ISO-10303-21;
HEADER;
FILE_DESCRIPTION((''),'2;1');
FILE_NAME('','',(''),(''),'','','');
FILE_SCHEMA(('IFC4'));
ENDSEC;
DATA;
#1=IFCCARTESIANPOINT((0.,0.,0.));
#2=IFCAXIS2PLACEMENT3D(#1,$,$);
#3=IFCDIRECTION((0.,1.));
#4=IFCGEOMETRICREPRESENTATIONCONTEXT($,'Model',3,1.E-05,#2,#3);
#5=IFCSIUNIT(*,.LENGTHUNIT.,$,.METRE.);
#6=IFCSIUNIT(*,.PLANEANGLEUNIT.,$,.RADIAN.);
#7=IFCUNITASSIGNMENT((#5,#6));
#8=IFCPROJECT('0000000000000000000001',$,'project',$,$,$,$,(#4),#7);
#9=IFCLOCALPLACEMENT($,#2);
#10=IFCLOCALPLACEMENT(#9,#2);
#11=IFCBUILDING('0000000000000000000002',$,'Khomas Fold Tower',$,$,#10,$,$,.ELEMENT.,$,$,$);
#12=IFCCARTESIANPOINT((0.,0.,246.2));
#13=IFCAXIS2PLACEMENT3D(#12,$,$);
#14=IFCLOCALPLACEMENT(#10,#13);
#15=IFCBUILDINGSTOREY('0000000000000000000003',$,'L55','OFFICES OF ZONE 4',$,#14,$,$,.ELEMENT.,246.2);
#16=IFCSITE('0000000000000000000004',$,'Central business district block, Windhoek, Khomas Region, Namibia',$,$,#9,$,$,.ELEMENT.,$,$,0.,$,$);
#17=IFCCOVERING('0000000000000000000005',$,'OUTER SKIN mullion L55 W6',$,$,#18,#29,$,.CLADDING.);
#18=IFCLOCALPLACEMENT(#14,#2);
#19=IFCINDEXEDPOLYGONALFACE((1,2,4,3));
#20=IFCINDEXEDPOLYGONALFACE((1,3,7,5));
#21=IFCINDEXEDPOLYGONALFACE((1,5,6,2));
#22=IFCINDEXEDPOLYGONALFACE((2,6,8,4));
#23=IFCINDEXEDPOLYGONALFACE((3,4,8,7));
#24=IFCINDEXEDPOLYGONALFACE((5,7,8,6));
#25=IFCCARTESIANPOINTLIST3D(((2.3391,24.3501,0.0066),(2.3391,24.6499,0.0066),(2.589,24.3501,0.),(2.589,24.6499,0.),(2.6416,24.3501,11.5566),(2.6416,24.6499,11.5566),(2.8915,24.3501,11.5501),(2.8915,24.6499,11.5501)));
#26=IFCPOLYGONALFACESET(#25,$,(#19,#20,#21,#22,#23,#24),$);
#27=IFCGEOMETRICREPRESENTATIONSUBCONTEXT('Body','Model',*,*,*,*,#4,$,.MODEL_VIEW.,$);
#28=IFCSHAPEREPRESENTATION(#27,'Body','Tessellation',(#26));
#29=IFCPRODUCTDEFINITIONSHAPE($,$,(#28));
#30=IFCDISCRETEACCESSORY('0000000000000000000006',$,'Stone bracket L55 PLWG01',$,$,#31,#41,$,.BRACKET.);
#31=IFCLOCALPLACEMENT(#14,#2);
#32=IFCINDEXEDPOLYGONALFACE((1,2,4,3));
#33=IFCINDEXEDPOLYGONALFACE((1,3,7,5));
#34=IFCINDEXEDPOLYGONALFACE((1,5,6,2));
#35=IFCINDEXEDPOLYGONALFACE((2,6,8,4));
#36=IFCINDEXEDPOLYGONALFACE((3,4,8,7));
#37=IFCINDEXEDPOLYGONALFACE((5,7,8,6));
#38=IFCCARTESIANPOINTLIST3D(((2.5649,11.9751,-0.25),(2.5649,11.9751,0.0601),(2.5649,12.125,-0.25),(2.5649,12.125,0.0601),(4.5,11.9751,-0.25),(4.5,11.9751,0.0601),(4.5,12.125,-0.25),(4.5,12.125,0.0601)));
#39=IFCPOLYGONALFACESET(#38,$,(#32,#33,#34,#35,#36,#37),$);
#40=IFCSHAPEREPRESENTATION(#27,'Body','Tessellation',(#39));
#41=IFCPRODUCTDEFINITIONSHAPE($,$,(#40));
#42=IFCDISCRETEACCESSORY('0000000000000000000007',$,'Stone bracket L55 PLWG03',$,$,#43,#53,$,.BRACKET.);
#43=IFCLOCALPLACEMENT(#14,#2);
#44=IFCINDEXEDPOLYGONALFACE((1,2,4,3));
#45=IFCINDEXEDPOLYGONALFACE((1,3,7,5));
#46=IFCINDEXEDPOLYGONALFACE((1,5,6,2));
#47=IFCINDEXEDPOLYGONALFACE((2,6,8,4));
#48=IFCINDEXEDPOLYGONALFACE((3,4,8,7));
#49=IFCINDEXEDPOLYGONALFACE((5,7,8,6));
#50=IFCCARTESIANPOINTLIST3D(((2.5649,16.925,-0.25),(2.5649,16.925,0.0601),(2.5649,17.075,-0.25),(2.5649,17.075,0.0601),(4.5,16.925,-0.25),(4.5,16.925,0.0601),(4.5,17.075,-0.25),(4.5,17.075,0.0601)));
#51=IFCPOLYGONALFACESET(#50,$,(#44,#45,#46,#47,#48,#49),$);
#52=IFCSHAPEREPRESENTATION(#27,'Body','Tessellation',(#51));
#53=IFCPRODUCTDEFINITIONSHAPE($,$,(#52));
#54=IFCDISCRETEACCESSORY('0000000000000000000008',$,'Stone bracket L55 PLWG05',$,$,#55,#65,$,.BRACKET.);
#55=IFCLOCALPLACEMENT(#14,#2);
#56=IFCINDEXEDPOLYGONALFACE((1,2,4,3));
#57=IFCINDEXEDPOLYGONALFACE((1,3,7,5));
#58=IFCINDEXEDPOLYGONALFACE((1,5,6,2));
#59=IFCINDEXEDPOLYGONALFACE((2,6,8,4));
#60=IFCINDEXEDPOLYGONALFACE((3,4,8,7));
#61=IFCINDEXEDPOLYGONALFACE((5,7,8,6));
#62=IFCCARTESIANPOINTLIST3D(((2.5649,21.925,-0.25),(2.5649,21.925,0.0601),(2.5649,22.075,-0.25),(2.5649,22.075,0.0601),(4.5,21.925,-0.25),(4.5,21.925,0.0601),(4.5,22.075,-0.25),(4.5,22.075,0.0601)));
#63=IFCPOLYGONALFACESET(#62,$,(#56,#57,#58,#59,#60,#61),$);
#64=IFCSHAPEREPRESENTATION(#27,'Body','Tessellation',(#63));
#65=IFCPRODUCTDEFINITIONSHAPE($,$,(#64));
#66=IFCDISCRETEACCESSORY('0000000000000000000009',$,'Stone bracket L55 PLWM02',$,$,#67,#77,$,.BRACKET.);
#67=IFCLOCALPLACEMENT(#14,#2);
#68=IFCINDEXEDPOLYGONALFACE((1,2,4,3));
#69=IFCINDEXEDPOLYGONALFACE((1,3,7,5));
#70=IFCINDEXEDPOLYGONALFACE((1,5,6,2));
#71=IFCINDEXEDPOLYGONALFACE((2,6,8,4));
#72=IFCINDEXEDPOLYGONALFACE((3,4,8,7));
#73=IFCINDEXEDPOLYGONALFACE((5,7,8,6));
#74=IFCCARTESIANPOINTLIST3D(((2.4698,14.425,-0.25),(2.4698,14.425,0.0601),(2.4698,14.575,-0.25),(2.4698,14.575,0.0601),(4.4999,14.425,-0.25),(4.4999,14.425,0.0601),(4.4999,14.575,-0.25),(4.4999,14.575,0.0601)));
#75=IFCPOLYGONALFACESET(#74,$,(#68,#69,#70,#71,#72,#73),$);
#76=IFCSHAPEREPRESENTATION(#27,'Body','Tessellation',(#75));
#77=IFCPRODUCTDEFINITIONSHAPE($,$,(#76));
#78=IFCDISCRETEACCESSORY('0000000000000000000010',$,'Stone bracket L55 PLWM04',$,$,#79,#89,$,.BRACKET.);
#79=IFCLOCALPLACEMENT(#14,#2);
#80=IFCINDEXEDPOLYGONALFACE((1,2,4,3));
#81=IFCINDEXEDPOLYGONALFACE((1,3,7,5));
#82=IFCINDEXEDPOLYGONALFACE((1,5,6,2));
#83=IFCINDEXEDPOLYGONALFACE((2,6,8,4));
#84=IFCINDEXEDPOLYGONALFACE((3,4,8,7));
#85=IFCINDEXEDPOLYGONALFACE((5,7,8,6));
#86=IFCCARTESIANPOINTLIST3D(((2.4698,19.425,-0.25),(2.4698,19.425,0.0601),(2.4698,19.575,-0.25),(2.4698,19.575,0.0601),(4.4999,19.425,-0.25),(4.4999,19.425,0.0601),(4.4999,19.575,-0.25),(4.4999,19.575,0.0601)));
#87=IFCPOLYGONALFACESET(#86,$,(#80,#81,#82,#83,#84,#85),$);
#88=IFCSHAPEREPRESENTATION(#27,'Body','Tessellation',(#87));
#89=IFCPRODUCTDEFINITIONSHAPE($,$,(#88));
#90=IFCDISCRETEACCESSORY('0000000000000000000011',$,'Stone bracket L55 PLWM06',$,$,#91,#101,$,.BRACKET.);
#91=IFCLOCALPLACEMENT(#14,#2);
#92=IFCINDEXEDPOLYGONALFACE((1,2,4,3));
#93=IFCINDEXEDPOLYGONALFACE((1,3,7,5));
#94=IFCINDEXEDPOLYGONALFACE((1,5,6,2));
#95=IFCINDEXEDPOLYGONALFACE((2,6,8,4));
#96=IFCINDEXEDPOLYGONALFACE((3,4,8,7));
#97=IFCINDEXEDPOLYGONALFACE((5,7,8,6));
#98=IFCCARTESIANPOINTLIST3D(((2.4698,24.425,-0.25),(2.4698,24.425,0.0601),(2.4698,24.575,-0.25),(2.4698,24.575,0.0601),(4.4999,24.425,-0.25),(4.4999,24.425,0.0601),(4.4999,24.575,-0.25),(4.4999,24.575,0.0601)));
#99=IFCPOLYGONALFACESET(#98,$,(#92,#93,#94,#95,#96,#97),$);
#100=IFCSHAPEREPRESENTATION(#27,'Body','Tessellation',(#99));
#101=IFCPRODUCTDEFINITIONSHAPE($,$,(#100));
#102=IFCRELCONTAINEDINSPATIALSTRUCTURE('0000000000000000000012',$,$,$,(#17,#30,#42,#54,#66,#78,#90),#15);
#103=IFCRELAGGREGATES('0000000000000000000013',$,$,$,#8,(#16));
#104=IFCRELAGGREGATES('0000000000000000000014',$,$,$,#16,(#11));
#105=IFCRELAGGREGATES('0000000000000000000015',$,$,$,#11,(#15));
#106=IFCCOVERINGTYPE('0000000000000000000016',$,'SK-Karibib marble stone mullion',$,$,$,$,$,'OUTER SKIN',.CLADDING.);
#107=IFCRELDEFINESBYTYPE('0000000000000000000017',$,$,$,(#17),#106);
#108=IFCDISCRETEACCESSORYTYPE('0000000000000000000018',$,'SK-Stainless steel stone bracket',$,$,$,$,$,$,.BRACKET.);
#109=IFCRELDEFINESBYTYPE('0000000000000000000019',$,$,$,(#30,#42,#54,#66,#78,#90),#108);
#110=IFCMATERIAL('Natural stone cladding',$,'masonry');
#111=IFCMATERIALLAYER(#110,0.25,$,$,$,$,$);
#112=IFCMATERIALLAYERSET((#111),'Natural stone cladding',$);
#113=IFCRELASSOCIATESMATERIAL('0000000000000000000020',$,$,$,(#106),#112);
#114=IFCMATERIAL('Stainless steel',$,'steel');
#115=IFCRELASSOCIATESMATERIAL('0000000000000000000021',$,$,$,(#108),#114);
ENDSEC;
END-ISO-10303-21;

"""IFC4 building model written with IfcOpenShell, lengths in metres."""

from ifc_helpers import new_model, si_unit, direction, frame, origin, origin_2d, place, context, subcontext, project, spatial, polyline, rectangle, outline, extrude, source, transform, mapped, material, layer, layer_set, type_object, element, save


model = new_model("IFC4")

# Units and contexts
model_context = context("Model", 3, precision=1e-05, world=origin(), true_north=direction((0.0, 1.0)))
body_context = subcontext(model_context, "Body", "Model", "MODEL_VIEW")
ifc_project = project(units=[si_unit("LENGTHUNIT", "METRE"), si_unit("PLANEANGLEUNIT", "RADIAN")], contexts=[model_context])

# Site, building, storey
site_placement = place(None, origin())
site = spatial("IfcSite", under=ifc_project, at=site_placement, Name="Central business district block, Windhoek, Khomas Region, Namibia", CompositionType="ELEMENT", RefElevation=0.0)
building_placement = place(site_placement, origin())
building = spatial("IfcBuilding", under=site, at=building_placement, Name="Khomas Fold Tower", CompositionType="ELEMENT")
storey_placement = place(building_placement, frame((0.0, 0.0, 246.2)))
storey = spatial("IfcBuildingStorey", under=building, at=storey_placement, Name="L55", Description="OFFICES OF ZONE 4", CompositionType="ELEMENT", Elevation=246.2)

# Covering
ifc_material_1 = material(Name="Natural stone cladding", Category="masonry")
ifc_layer_1 = layer(ifc_material_1, 0.25)
ifc_layer_set_1 = layer_set([ifc_layer_1], Name="Natural stone cladding")
covering_type = type_object("IfcCoveringType", Name="SK-Karibib marble stone mullion", ElementType="OUTER SKIN", PredefinedType="CLADDING", material=ifc_layer_set_1)
for number, where, z_axis, x_axis, name in (
    (1, (2.3391, 24.3501, 0.0066), (-0.999657, 0.0, 0.026181), (0.0, 1.0, 0.0), "OUTER SKIN mullion L55 W6"),
):
    element("IfcCovering", number, at=place(storey_placement, frame(where, z_axis=z_axis, x_axis=x_axis)), inside=storey, type_object=covering_type, Name=name, PredefinedType="CLADDING", context=body_context, shape_type="SweptSolid", body=[
        extrude(outline(polyline([(0.0, 0.0), (0.2998, 0.0), (0.2998, -11.554), (0.0, -11.554), (0.0, 0.0)])), origin(), (0.0, 0.0, -1.0), 0.25),
    ])

# Discrete accessories
ifc_material_2 = material(Name="Stainless steel", Category="steel")
discrete_accessory_type = type_object("IfcDiscreteAccessoryType", Name="SK-Stainless steel stone bracket", PredefinedType="BRACKET", material=ifc_material_2)
shared_shape_1 = source(origin(), body_context, "Body", "SweptSolid", [
    extrude(rectangle(XDim=1.9351, YDim=0.1499, at=origin_2d()), origin(), (0.0, 0.0, 1.0), 0.3101),
])
for number, where, z_axis, x_axis, name in (
    (2, (3.5325, 12.05, -0.25), (0.0, 0.0, 1.0), (-1.0, 0.0, 0.0), "Stone bracket L55 PLWG01"),
    (3, (3.5325, 17.0, -0.25), (0.0, 0.0, 1.0), (-1.0, 0.0, 0.0), "Stone bracket L55 PLWG03"),
    (4, (3.5325, 22.0, -0.25), (0.0, 0.0, 1.0), (-1.0, 0.0, 0.0), "Stone bracket L55 PLWG05"),
):
    element("IfcDiscreteAccessory", number, at=place(storey_placement, frame(where, z_axis=z_axis, x_axis=x_axis)), inside=storey, type_object=discrete_accessory_type, Name=name, PredefinedType="BRACKET", context=body_context, shape_type="MappedRepresentation", body=[
        mapped(shared_shape_1, transform((0.0, 0.0, 0.0))),
    ])
shared_shape_2 = source(origin(), body_context, "Body", "SweptSolid", [
    extrude(rectangle(XDim=2.03, YDim=0.1499, at=origin_2d()), origin(), (0.0, 0.0, 1.0), 0.3101),
])
for number, where, z_axis, x_axis, name in (
    (5, (3.4849, 14.5, -0.25), (0.0, 0.0, 1.0), (-1.0, 0.0, 0.0), "Stone bracket L55 PLWM02"),
    (6, (3.4849, 19.5, -0.25), (0.0, 0.0, 1.0), (-1.0, 0.0, 0.0), "Stone bracket L55 PLWM04"),
    (7, (3.4849, 24.5, -0.25), (0.0, 0.0, 1.0), (-1.0, 0.0, 0.0), "Stone bracket L55 PLWM06"),
):
    element("IfcDiscreteAccessory", number, at=place(storey_placement, frame(where, z_axis=z_axis, x_axis=x_axis)), inside=storey, type_object=discrete_accessory_type, Name=name, PredefinedType="BRACKET", context=body_context, shape_type="MappedRepresentation", body=[
        mapped(shared_shape_2, transform((0.0, 0.0, 0.0))),
    ])

save(model, "model.ifc")
